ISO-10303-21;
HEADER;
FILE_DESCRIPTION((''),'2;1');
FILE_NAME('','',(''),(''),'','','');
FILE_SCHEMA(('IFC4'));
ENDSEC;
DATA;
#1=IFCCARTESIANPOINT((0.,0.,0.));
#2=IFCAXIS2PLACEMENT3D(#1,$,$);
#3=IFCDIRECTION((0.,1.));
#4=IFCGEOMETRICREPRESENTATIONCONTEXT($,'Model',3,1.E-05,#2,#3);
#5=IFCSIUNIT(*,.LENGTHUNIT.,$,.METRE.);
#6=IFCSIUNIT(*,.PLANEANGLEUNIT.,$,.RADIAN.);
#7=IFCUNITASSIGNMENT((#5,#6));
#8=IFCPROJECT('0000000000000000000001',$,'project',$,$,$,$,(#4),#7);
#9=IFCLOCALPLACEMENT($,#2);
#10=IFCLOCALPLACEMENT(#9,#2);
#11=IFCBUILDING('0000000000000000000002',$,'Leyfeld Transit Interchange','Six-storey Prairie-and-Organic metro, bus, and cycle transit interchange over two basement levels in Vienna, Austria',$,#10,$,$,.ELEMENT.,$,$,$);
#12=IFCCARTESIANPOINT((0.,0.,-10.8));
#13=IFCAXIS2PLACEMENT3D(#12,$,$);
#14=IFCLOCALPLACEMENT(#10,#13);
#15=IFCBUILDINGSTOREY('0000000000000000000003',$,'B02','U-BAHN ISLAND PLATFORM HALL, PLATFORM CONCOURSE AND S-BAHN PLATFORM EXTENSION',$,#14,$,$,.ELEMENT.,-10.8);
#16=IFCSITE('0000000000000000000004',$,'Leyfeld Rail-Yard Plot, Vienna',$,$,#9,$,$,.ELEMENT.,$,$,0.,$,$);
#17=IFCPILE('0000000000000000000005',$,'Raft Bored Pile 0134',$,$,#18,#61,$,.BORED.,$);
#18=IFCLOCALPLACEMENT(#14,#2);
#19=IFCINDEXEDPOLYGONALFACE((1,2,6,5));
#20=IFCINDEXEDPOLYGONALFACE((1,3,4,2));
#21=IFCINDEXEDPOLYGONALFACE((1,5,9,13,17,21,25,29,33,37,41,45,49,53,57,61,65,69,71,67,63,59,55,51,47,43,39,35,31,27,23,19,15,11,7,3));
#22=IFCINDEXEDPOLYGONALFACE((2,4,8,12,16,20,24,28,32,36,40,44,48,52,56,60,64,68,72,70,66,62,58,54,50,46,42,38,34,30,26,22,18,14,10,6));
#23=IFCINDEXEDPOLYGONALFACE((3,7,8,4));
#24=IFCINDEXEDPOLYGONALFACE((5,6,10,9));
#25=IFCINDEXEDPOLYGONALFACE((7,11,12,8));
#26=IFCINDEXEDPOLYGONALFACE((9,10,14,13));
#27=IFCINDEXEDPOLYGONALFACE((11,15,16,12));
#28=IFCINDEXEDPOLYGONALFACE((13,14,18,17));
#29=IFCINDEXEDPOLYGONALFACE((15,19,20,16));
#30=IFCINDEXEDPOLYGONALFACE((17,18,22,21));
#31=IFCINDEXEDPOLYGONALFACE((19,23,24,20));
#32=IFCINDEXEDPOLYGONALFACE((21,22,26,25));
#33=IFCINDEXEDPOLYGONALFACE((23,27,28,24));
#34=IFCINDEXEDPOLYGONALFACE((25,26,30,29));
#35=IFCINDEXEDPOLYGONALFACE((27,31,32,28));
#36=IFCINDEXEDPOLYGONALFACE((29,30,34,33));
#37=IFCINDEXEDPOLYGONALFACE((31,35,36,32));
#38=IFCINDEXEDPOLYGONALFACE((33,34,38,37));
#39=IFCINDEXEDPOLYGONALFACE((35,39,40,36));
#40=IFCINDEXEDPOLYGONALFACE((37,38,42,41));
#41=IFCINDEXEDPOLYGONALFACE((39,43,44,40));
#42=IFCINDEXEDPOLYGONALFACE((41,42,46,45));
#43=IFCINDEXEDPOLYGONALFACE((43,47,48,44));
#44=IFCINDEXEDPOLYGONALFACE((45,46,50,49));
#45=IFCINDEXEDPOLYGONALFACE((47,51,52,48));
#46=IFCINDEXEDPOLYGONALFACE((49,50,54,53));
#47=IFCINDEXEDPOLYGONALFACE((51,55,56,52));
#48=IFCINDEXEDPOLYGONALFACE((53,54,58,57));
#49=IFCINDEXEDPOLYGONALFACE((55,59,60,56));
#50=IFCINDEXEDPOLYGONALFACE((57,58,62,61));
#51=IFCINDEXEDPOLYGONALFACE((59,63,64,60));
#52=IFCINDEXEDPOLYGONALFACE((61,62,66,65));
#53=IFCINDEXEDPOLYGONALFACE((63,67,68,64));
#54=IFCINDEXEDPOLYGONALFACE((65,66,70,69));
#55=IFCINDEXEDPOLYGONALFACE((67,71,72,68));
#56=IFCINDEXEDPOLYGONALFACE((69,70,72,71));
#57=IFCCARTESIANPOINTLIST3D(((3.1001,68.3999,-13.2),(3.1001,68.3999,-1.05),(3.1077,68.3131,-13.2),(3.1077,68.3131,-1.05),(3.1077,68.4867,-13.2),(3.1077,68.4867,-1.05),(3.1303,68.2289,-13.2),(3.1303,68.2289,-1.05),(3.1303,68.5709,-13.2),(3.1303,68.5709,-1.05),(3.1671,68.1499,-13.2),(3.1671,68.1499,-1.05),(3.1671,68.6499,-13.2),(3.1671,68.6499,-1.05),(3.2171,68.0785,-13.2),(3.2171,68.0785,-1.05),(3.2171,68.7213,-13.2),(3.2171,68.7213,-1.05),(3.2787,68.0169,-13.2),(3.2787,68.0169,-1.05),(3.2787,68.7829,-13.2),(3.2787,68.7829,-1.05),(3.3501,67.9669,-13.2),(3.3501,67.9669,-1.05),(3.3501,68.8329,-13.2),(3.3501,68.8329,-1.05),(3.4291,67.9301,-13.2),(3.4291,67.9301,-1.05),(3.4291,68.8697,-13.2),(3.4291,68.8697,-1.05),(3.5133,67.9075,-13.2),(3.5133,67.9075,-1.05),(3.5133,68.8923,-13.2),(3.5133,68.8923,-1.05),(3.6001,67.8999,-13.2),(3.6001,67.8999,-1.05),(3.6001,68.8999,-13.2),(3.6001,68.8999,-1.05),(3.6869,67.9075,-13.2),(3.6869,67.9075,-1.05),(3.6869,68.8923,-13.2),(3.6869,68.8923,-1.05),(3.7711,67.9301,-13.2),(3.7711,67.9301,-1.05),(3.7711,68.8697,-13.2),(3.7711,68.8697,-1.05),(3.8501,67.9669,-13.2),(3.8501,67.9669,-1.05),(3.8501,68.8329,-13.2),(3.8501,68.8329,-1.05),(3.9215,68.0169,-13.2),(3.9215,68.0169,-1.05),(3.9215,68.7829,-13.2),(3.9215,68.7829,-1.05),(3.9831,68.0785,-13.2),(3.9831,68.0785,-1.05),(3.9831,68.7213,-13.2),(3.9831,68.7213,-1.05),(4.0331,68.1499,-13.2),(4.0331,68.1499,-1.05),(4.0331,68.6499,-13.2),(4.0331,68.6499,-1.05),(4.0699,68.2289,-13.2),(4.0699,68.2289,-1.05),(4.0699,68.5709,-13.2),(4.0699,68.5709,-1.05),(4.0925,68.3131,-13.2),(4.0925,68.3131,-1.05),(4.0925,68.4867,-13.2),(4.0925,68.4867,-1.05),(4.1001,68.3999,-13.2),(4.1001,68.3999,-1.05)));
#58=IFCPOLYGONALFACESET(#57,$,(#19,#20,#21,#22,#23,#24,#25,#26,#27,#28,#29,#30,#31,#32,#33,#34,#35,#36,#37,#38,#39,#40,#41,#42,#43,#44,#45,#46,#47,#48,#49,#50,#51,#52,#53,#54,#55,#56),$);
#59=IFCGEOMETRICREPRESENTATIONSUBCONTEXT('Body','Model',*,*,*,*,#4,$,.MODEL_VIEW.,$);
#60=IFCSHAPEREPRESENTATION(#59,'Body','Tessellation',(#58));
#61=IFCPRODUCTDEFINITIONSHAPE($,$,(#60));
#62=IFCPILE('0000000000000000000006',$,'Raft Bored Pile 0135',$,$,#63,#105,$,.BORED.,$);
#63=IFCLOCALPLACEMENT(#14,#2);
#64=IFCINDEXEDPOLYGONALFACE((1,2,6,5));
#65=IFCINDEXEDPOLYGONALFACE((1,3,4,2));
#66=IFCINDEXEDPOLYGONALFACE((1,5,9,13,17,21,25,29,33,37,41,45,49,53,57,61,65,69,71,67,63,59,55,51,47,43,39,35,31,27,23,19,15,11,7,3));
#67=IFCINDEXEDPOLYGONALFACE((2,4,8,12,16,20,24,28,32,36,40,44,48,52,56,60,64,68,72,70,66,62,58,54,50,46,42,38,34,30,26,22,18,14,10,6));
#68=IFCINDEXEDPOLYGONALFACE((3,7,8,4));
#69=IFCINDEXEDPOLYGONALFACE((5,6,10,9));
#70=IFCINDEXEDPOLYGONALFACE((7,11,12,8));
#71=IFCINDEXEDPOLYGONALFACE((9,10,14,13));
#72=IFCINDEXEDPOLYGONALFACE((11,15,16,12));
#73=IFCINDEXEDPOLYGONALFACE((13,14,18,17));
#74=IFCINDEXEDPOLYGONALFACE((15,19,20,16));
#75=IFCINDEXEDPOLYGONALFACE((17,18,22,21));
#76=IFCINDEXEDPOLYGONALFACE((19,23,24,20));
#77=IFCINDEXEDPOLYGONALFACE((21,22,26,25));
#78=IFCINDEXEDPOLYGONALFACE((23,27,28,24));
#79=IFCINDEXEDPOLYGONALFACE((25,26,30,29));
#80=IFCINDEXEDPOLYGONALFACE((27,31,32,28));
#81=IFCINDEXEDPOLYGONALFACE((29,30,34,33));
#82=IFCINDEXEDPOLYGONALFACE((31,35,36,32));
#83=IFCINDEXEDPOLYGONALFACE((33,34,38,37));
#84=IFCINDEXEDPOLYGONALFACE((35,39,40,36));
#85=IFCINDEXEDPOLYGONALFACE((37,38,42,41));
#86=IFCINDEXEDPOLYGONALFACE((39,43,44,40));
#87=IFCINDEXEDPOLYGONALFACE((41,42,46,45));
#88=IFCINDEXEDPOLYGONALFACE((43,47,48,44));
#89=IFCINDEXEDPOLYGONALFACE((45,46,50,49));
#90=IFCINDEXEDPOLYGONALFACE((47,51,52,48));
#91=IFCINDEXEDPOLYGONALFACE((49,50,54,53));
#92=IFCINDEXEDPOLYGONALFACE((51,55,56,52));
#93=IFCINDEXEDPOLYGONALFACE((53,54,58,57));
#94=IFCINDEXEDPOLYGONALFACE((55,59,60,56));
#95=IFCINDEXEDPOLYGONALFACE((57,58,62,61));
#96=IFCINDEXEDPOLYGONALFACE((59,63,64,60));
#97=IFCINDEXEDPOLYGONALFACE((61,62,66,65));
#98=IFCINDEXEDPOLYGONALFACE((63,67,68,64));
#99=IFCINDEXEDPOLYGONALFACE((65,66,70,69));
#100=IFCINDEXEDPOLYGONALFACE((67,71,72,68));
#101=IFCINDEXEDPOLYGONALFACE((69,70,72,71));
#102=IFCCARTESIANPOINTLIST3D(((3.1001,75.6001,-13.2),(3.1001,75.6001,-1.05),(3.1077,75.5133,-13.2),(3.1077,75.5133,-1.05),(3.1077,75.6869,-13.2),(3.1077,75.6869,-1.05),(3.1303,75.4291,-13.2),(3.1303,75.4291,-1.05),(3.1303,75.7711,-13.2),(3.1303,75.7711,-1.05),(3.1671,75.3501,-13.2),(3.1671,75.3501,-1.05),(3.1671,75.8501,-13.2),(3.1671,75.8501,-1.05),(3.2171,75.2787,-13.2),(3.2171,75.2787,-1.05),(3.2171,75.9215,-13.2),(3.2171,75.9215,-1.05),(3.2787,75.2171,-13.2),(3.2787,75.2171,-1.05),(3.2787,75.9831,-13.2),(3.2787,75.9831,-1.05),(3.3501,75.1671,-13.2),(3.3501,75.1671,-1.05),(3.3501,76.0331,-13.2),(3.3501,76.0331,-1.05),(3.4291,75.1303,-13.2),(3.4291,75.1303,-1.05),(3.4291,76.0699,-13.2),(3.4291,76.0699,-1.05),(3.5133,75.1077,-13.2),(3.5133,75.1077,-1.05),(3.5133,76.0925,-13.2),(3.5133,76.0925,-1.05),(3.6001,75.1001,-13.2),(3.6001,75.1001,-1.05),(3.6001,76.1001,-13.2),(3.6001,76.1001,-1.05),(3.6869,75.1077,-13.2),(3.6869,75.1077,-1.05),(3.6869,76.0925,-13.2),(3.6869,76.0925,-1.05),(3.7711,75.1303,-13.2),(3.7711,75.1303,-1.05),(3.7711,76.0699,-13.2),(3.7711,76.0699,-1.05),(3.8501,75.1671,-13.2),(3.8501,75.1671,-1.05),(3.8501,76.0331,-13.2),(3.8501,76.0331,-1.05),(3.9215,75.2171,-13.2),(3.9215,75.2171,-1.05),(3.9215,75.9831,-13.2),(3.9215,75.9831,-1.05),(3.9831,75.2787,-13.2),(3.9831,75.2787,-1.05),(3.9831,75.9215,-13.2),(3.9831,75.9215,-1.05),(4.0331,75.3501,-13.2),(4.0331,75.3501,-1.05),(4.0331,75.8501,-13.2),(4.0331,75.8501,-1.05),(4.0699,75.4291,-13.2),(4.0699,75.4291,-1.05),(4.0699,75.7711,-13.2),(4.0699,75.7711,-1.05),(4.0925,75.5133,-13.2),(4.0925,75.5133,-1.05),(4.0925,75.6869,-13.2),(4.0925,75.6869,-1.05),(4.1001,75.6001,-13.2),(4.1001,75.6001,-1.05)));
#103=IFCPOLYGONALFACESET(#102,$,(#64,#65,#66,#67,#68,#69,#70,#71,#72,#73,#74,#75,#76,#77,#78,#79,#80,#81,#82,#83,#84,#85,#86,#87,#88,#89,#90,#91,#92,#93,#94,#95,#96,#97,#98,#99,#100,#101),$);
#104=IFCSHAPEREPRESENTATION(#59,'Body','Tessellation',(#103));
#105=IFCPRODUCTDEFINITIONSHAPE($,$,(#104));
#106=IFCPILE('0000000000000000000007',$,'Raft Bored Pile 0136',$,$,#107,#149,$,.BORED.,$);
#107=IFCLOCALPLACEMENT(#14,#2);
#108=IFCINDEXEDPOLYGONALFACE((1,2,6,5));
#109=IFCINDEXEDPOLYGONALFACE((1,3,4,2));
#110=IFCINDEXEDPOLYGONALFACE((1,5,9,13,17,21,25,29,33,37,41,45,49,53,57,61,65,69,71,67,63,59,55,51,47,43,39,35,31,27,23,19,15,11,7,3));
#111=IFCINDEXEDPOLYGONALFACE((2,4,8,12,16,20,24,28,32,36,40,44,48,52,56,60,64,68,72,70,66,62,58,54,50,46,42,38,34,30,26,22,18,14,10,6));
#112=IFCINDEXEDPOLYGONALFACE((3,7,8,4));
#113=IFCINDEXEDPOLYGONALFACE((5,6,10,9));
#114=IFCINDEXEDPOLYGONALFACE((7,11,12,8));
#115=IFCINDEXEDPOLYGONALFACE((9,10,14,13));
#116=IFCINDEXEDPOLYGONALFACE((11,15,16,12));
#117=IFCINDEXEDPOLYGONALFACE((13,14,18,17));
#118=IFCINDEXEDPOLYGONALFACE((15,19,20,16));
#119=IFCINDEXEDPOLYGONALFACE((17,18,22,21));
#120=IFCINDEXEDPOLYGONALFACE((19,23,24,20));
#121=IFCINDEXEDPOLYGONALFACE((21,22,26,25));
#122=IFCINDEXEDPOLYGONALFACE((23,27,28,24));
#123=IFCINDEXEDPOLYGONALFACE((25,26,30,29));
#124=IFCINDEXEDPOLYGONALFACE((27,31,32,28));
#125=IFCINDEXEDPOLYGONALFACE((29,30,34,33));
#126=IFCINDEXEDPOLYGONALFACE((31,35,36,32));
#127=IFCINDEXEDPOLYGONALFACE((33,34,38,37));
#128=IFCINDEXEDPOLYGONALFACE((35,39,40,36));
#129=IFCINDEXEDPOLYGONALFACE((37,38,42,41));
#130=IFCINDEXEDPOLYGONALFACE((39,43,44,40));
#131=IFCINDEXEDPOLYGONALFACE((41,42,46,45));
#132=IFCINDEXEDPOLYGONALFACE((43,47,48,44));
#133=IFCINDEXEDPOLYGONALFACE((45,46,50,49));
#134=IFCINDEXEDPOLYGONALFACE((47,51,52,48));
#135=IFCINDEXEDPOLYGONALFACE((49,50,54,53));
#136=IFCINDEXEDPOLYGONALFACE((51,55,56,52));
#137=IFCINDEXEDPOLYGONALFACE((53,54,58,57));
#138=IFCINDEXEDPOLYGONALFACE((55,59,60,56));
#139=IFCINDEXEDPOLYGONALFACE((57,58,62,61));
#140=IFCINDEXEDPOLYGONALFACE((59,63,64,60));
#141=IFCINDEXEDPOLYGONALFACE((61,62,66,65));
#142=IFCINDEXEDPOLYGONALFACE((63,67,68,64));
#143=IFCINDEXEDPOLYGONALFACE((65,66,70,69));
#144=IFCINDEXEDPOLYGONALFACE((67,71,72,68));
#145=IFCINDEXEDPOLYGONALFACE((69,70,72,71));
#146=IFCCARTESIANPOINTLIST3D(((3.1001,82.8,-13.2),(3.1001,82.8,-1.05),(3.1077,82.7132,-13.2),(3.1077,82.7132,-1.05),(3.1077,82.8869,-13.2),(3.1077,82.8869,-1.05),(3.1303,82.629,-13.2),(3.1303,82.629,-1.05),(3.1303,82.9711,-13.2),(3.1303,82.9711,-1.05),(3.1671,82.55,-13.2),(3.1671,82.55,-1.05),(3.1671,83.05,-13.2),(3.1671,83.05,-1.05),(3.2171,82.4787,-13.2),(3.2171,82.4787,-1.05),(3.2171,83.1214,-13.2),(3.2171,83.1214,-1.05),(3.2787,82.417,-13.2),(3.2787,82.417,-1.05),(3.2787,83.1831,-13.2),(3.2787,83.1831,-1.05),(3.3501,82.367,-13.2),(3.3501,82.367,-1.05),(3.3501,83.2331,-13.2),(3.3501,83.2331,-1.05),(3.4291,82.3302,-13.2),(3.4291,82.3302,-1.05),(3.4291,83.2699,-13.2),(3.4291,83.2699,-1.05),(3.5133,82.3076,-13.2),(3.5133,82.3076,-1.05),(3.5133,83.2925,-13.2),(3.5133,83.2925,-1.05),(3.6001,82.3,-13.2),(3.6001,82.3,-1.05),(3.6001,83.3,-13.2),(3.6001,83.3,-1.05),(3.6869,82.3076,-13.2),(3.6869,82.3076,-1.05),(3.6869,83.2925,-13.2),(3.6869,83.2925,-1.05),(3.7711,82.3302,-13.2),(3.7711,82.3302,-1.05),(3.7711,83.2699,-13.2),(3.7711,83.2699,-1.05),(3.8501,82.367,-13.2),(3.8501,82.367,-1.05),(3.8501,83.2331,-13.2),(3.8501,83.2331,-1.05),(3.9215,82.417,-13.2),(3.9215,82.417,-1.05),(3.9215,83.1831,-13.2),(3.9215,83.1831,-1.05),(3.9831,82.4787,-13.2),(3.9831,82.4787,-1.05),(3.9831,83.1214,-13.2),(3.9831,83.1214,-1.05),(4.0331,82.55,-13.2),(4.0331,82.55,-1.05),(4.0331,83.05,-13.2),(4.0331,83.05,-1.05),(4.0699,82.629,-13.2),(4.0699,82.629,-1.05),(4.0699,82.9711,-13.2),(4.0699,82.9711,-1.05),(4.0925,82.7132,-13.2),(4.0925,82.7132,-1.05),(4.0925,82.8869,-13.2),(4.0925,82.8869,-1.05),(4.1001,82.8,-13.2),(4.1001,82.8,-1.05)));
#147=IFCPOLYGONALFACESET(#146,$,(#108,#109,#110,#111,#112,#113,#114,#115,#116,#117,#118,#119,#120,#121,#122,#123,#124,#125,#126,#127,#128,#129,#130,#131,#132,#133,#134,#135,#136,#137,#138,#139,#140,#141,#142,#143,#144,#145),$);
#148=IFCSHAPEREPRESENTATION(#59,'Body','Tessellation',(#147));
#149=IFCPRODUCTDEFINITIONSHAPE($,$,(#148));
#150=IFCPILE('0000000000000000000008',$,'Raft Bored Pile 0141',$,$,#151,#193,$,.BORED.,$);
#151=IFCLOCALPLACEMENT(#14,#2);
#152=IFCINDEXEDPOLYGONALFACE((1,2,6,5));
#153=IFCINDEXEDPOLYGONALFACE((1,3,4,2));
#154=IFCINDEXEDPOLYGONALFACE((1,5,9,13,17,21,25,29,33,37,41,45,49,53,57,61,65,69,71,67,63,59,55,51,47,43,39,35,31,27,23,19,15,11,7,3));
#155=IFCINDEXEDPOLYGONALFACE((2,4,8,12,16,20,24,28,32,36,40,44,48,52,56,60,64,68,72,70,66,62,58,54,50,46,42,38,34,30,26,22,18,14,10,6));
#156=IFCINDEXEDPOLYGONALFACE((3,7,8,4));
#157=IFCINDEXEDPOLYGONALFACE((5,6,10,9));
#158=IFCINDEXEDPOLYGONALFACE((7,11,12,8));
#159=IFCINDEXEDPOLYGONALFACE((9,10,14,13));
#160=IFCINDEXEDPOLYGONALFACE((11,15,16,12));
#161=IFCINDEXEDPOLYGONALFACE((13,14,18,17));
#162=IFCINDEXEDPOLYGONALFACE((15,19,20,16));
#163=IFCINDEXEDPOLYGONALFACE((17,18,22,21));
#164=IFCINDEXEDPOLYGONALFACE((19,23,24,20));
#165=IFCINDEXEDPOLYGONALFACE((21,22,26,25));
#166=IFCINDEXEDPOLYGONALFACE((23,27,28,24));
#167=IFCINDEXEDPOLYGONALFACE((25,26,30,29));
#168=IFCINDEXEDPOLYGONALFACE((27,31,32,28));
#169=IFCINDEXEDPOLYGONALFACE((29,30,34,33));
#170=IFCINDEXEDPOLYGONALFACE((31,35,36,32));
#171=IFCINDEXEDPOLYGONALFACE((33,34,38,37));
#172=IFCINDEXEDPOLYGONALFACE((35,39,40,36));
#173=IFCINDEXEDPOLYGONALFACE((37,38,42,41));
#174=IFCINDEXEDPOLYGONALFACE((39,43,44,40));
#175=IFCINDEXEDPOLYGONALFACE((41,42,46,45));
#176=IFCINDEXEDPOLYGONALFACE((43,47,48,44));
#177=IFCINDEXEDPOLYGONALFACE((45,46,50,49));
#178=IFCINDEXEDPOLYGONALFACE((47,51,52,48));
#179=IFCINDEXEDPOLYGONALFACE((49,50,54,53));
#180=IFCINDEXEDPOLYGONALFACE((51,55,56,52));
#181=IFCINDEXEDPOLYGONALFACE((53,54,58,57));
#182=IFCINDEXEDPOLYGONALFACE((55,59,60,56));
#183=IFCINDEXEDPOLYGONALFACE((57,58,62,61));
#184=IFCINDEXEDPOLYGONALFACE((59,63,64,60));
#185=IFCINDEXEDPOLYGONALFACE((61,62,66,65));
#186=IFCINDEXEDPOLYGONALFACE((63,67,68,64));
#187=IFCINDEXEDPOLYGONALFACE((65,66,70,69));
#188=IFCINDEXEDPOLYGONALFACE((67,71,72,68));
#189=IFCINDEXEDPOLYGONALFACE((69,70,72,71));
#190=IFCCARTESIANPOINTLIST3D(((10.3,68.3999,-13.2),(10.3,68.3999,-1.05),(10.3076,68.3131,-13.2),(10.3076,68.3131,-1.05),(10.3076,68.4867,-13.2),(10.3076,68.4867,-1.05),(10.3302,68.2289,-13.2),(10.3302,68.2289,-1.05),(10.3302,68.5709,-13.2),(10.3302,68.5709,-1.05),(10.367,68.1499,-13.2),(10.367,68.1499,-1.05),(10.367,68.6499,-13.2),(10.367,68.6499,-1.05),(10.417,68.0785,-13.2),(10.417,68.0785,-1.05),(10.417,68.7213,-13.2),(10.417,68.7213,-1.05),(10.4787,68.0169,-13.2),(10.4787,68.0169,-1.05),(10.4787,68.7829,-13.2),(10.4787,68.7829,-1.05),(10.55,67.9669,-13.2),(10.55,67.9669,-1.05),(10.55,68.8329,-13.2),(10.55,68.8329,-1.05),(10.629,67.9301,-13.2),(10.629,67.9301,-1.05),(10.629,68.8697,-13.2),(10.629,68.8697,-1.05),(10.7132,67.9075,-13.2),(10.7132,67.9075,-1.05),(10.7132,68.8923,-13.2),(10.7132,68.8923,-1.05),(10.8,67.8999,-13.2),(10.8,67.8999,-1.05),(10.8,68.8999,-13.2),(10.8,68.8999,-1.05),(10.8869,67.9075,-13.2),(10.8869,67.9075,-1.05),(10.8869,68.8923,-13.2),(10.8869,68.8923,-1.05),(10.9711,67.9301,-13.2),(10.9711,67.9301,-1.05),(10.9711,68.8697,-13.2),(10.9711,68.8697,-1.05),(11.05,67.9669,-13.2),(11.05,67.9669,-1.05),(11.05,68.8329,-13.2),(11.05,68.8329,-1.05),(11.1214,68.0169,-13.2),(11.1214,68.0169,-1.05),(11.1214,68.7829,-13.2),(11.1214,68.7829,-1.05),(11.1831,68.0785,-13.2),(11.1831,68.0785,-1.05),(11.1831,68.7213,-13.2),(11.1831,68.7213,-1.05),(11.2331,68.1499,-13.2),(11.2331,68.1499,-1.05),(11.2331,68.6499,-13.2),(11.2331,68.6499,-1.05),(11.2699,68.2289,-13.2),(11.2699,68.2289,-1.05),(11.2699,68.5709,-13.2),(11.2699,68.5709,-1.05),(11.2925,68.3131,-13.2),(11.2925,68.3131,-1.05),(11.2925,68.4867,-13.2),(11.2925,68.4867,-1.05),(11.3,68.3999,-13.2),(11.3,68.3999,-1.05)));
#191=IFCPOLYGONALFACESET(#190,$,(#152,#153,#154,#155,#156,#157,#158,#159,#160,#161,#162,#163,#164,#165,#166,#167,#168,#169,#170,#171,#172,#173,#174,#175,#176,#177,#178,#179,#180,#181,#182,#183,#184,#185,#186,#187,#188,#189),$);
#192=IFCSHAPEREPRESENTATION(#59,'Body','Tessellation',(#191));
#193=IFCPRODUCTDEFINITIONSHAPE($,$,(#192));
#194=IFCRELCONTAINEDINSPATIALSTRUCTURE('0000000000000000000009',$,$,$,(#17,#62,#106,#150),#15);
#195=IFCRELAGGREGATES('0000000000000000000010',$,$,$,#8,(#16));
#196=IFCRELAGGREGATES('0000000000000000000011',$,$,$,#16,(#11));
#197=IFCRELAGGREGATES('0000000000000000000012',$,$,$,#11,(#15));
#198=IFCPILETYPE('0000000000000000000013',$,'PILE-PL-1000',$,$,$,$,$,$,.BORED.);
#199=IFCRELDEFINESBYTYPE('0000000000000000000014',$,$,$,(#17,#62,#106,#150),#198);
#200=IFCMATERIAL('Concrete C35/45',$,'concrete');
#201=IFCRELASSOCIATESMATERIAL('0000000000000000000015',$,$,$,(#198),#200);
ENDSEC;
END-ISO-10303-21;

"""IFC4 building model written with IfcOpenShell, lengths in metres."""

from ifc_helpers import new_model, si_unit, direction, frame, origin, origin_2d, place, context, subcontext, project, spatial, circle, extrude, material, material_profile, profile_set, type_object, element, save


model = new_model("IFC4")

# Units and contexts
model_context = context("Model", 3, precision=1e-05, world=origin(), true_north=direction((0.0, 1.0)))
body_context = subcontext(model_context, "Body", "Model", "MODEL_VIEW")
ifc_project = project(units=[si_unit("LENGTHUNIT", "METRE"), si_unit("PLANEANGLEUNIT", "RADIAN")], contexts=[model_context])

# Site, building, storey
site_placement = place(None, origin())
site = spatial("IfcSite", under=ifc_project, at=site_placement, Name="Leyfeld Rail-Yard Plot, Vienna", CompositionType="ELEMENT", RefElevation=0.0)
building_placement = place(site_placement, origin())
building = spatial("IfcBuilding", under=site, at=building_placement, Name="Leyfeld Transit Interchange", Description="Six-storey Prairie-and-Organic metro, bus, and cycle transit interchange over two basement levels in Vienna, Austria", CompositionType="ELEMENT")
storey_placement = place(building_placement, frame((0.0, 0.0, -10.8)))
storey = spatial("IfcBuildingStorey", under=building, at=storey_placement, Name="B02", Description="U-BAHN ISLAND PLATFORM HALL, PLATFORM CONCOURSE AND S-BAHN PLATFORM EXTENSION", CompositionType="ELEMENT", Elevation=-10.8)

# Piles
ifc_material_1 = material(Name="Concrete C35/45", Category="concrete")
ifc_material_profile_1 = material_profile(ifc_material_1, circle(Radius=0.5, at=origin_2d()), Name="PILE D1000")
ifc_profile_set_1 = profile_set([ifc_material_profile_1], Name="Concrete C35/45")
pile_type = type_object("IfcPileType", Name="PILE-PL-1000", PredefinedType="BORED", material=ifc_profile_set_1)
for number, where, z_axis, x_axis, name in (
    (1, (3.6001, 68.3999, -1.05), (0.0, 0.0, -1.0), (1.0, 0.0, 0.0), "Raft Bored Pile 0134"),
    (2, (3.6001, 75.6001, -1.05), (0.0, 0.0, -1.0), (1.0, 0.0, 0.0), "Raft Bored Pile 0135"),
    (3, (3.6001, 82.8, -1.05), (0.0, 0.0, -1.0), (1.0, 0.0, 0.0), "Raft Bored Pile 0136"),
    (4, (10.8, 68.3999, -1.05), (0.0, 0.0, -1.0), (1.0, 0.0, 0.0), "Raft Bored Pile 0141"),
):
    element("IfcPile", number, at=place(storey_placement, frame(where, z_axis=z_axis, x_axis=x_axis)), inside=storey, type_object=pile_type, Name=name, PredefinedType="BORED", context=body_context, shape_type="SweptSolid", body=[
        extrude(circle(Radius=0.5, at=origin_2d()), origin(), (0.0, 0.0, 1.0), 12.1499),
    ])

save(model, "model.ifc")
